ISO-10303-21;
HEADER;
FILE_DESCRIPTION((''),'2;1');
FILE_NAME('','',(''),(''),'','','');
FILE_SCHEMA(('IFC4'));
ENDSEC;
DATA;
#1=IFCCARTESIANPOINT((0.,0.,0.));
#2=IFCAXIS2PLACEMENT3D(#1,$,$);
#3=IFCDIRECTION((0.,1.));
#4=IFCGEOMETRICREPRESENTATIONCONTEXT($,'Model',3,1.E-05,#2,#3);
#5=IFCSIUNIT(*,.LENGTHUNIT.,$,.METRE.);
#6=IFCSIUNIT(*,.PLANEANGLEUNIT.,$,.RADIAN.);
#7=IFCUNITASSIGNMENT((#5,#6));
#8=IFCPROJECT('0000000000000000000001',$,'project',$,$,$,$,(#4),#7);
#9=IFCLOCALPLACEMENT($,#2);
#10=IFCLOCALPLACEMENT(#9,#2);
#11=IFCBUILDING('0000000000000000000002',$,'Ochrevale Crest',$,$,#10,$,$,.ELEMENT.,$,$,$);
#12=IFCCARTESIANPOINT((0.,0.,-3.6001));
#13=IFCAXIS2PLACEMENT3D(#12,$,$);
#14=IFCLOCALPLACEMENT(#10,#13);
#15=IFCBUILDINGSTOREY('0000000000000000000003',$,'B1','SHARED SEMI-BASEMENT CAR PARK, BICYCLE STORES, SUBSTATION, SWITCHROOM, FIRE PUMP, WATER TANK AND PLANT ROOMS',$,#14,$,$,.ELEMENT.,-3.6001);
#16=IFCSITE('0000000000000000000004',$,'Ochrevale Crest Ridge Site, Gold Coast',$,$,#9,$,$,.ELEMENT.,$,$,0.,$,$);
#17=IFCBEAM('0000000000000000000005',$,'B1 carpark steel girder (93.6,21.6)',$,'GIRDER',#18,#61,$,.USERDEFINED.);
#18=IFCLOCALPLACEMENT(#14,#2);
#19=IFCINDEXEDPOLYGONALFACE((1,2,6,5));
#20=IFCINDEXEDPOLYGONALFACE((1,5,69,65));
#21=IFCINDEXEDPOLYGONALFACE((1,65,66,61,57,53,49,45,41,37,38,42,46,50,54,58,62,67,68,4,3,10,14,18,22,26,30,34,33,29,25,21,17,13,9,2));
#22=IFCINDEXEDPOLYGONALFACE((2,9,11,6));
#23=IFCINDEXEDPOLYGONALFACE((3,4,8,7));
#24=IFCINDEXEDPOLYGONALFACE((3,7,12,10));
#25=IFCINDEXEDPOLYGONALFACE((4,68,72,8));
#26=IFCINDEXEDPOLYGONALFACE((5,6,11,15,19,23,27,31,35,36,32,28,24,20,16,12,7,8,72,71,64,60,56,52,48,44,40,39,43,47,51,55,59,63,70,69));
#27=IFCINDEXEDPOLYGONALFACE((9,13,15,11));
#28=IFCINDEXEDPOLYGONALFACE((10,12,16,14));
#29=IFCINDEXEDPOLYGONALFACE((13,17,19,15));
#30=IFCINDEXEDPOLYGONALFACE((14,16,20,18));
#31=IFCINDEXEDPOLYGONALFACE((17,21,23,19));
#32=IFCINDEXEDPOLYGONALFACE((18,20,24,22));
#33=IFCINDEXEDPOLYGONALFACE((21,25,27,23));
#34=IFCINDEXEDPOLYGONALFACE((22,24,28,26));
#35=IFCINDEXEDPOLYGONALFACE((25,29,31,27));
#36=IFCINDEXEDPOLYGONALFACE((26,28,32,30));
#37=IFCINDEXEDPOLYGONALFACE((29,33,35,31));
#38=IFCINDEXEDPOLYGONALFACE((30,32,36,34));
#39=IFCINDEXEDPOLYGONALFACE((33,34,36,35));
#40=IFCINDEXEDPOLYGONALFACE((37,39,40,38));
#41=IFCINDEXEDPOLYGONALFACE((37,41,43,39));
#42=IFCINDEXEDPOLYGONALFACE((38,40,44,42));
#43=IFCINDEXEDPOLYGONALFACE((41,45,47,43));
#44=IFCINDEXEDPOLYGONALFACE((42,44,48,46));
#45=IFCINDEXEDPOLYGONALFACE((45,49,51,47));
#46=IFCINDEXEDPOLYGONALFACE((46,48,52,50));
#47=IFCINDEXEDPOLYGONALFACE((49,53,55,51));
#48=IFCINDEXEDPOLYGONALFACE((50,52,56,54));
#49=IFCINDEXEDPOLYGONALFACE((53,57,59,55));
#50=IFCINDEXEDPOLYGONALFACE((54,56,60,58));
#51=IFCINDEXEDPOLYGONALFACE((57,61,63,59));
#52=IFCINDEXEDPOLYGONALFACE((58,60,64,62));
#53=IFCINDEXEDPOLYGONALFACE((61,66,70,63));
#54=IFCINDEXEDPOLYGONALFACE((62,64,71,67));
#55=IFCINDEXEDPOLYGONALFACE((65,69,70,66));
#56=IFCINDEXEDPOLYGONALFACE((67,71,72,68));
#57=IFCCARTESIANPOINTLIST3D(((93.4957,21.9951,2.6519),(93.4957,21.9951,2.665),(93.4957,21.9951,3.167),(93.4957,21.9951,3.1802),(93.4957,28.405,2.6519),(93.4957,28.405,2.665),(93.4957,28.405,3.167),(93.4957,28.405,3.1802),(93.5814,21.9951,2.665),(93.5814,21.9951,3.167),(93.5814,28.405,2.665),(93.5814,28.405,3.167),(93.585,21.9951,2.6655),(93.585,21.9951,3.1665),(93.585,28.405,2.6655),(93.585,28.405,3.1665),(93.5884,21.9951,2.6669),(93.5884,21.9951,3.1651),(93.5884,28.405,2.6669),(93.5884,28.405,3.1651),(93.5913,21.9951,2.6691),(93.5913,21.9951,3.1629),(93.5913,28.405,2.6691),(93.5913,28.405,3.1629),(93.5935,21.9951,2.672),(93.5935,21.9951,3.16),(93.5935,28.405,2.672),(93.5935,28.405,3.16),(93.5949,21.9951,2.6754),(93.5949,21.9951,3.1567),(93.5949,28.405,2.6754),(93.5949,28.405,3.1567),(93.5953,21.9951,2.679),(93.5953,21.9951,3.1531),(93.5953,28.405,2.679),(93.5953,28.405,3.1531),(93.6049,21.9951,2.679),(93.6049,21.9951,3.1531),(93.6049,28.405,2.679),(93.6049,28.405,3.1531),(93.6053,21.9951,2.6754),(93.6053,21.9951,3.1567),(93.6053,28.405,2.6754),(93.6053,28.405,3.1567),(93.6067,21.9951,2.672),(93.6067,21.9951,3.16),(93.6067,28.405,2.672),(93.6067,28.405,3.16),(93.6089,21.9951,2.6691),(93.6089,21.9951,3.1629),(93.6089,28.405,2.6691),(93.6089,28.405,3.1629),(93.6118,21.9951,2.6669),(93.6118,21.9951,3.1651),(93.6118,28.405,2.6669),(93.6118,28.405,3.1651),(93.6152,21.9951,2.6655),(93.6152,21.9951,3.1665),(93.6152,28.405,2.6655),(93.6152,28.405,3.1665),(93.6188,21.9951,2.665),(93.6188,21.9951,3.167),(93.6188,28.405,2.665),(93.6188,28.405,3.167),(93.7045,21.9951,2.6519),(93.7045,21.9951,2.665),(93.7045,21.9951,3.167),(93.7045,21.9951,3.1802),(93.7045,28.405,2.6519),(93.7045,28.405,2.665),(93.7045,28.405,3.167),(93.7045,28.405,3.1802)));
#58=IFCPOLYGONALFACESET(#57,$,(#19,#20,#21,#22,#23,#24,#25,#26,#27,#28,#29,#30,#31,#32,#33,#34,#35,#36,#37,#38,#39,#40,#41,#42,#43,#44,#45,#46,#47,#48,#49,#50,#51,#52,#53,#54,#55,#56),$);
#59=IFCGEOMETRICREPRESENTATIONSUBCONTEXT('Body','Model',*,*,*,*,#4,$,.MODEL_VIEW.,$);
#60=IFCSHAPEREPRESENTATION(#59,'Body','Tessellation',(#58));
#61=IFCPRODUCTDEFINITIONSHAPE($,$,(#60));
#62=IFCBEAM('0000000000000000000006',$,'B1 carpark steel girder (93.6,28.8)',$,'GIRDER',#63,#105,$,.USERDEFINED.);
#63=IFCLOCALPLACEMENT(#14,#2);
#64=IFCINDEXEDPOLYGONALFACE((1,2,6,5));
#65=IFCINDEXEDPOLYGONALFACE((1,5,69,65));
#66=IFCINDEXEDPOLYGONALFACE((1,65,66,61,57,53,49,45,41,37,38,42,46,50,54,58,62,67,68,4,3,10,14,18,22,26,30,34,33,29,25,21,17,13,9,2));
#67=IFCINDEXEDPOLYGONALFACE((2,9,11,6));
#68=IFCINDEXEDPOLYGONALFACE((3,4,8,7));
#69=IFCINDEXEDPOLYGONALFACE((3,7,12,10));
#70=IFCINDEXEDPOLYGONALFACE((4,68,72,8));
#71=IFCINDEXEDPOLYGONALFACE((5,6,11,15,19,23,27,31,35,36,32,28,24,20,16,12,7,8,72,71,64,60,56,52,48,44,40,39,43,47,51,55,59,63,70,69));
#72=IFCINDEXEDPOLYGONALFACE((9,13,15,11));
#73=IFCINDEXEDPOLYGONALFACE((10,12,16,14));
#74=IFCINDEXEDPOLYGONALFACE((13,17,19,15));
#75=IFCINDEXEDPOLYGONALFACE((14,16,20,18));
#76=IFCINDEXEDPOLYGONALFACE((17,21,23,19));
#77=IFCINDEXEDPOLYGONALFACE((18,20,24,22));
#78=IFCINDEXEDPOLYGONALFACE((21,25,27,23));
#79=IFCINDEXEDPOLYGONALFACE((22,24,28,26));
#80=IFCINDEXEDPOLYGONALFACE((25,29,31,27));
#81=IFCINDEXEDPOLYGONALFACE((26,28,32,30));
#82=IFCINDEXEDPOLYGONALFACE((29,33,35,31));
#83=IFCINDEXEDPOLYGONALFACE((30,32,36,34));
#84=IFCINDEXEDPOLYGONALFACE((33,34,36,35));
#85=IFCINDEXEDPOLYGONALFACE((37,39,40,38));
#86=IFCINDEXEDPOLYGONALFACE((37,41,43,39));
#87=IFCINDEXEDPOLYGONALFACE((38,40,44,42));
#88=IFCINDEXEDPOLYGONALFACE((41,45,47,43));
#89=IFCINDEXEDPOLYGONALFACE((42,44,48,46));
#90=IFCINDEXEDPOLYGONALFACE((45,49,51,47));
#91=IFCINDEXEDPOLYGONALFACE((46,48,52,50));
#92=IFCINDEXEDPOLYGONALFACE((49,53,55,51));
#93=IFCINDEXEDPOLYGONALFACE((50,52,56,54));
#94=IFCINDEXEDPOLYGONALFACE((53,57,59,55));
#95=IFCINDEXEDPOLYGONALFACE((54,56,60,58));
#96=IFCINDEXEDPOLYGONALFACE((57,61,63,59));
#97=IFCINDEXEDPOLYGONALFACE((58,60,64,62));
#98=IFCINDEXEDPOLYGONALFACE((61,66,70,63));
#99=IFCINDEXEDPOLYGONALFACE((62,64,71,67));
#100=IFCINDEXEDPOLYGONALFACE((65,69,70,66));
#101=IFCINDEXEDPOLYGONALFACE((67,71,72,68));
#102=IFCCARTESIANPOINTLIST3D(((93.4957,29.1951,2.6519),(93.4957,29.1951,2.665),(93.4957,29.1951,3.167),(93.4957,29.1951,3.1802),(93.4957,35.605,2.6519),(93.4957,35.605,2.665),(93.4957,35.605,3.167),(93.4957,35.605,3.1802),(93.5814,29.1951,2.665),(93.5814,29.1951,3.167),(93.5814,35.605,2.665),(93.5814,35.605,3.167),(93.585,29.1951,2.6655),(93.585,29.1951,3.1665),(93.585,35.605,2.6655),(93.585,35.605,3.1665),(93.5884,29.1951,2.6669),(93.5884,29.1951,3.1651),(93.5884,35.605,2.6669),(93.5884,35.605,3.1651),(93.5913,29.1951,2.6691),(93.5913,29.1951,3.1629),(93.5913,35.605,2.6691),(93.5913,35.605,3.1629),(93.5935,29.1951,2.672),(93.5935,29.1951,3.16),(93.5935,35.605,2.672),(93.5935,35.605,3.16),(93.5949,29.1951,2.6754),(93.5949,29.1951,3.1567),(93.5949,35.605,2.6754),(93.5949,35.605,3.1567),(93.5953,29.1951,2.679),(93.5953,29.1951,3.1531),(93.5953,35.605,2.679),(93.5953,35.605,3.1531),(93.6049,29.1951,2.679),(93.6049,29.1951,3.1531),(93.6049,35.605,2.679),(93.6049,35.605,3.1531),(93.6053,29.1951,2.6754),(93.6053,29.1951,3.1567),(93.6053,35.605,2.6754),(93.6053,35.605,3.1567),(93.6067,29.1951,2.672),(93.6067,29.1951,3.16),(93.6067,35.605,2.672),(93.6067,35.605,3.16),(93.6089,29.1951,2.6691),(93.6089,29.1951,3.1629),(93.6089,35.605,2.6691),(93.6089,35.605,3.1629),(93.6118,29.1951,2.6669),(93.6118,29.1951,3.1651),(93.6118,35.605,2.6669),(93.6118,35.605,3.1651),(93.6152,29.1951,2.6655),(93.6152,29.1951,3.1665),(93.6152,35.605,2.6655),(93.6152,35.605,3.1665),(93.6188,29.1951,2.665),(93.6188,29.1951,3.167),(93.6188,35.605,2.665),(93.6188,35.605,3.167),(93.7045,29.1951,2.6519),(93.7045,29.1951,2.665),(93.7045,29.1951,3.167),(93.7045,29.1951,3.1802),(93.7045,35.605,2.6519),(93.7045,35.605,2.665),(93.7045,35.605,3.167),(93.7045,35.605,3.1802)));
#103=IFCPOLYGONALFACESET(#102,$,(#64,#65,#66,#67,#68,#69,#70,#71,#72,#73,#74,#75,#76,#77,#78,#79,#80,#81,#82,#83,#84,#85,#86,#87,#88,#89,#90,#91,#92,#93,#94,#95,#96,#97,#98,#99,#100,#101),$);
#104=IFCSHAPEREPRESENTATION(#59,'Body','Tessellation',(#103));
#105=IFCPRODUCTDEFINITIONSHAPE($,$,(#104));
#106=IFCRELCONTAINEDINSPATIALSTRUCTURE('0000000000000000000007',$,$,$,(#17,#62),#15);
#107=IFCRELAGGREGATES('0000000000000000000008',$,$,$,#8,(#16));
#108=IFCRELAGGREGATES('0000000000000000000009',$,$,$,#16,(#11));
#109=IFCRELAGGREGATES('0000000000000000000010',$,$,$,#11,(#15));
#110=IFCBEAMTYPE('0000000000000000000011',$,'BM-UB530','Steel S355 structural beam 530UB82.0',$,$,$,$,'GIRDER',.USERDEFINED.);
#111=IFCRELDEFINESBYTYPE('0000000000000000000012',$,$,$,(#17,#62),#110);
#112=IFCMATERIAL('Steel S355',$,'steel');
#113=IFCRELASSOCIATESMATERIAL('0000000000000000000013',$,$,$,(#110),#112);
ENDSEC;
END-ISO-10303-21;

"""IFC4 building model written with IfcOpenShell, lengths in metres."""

from ifc_helpers import new_model, si_unit, direction, frame, origin, origin_2d, place, context, subcontext, project, spatial, i_section, extrude, material, material_profile, profile_set, type_object, element, save


model = new_model("IFC4")

# Units and contexts
model_context = context("Model", 3, precision=1e-05, world=origin(), true_north=direction((0.0, 1.0)))
body_context = subcontext(model_context, "Body", "Model", "MODEL_VIEW")
ifc_project = project(units=[si_unit("LENGTHUNIT", "METRE"), si_unit("PLANEANGLEUNIT", "RADIAN")], contexts=[model_context])

# Site, building, storey
site_placement = place(None, origin())
site = spatial("IfcSite", under=ifc_project, at=site_placement, Name="Ochrevale Crest Ridge Site, Gold Coast", CompositionType="ELEMENT", RefElevation=0.0)
building_placement = place(site_placement, origin())
building = spatial("IfcBuilding", under=site, at=building_placement, Name="Ochrevale Crest", CompositionType="ELEMENT")
storey_placement = place(building_placement, frame((0.0, 0.0, -3.6001)))
storey = spatial("IfcBuildingStorey", under=building, at=storey_placement, Name="B1", Description="SHARED SEMI-BASEMENT CAR PARK, BICYCLE STORES, SUBSTATION, SWITCHROOM, FIRE PUMP, WATER TANK AND PLANT ROOMS", CompositionType="ELEMENT", Elevation=-3.6001)

# Beams
ifc_material_1 = material(Name="Steel S355", Category="steel")
ifc_material_profile_1 = material_profile(ifc_material_1, i_section(OverallWidth=0.2087, OverallDepth=0.5283, WebThickness=0.0095, FlangeThickness=0.0132, FilletRadius=0.0139, at=origin_2d()), Name="530UB82.0")
ifc_profile_set_1 = profile_set([ifc_material_profile_1], Name="Steel S355")
beam_type_1 = type_object("IfcBeamType", Name="BM-UB530", Description="Steel S355 structural beam 530UB82.0", ElementType="GIRDER", PredefinedType="USERDEFINED", material=ifc_profile_set_1)
for number, where, z_axis, x_axis, name in (
    (1, (93.6001, 21.9951, 2.916), (0.0, 1.0, 0.0), (-1.0, 0.0, 0.0), "B1 carpark steel girder (93.6,21.6)"),
    (2, (93.6001, 29.1951, 2.916), (0.0, 1.0, 0.0), (-1.0, 0.0, 0.0), "B1 carpark steel girder (93.6,28.8)"),
):
    element("IfcBeam", number, at=place(storey_placement, frame(where, z_axis=z_axis, x_axis=x_axis)), inside=storey, type_object=beam_type_1, Name=name, ObjectType="GIRDER", PredefinedType="USERDEFINED", context=body_context, shape_type="SweptSolid", body=[
        extrude(i_section(OverallWidth=0.2087, OverallDepth=0.5283, WebThickness=0.0095, FlangeThickness=0.0132, FilletRadius=0.0139, at=origin_2d()), origin(), (0.0, 0.0, 1.0), 6.4099),
    ])

save(model, "model.ifc")
